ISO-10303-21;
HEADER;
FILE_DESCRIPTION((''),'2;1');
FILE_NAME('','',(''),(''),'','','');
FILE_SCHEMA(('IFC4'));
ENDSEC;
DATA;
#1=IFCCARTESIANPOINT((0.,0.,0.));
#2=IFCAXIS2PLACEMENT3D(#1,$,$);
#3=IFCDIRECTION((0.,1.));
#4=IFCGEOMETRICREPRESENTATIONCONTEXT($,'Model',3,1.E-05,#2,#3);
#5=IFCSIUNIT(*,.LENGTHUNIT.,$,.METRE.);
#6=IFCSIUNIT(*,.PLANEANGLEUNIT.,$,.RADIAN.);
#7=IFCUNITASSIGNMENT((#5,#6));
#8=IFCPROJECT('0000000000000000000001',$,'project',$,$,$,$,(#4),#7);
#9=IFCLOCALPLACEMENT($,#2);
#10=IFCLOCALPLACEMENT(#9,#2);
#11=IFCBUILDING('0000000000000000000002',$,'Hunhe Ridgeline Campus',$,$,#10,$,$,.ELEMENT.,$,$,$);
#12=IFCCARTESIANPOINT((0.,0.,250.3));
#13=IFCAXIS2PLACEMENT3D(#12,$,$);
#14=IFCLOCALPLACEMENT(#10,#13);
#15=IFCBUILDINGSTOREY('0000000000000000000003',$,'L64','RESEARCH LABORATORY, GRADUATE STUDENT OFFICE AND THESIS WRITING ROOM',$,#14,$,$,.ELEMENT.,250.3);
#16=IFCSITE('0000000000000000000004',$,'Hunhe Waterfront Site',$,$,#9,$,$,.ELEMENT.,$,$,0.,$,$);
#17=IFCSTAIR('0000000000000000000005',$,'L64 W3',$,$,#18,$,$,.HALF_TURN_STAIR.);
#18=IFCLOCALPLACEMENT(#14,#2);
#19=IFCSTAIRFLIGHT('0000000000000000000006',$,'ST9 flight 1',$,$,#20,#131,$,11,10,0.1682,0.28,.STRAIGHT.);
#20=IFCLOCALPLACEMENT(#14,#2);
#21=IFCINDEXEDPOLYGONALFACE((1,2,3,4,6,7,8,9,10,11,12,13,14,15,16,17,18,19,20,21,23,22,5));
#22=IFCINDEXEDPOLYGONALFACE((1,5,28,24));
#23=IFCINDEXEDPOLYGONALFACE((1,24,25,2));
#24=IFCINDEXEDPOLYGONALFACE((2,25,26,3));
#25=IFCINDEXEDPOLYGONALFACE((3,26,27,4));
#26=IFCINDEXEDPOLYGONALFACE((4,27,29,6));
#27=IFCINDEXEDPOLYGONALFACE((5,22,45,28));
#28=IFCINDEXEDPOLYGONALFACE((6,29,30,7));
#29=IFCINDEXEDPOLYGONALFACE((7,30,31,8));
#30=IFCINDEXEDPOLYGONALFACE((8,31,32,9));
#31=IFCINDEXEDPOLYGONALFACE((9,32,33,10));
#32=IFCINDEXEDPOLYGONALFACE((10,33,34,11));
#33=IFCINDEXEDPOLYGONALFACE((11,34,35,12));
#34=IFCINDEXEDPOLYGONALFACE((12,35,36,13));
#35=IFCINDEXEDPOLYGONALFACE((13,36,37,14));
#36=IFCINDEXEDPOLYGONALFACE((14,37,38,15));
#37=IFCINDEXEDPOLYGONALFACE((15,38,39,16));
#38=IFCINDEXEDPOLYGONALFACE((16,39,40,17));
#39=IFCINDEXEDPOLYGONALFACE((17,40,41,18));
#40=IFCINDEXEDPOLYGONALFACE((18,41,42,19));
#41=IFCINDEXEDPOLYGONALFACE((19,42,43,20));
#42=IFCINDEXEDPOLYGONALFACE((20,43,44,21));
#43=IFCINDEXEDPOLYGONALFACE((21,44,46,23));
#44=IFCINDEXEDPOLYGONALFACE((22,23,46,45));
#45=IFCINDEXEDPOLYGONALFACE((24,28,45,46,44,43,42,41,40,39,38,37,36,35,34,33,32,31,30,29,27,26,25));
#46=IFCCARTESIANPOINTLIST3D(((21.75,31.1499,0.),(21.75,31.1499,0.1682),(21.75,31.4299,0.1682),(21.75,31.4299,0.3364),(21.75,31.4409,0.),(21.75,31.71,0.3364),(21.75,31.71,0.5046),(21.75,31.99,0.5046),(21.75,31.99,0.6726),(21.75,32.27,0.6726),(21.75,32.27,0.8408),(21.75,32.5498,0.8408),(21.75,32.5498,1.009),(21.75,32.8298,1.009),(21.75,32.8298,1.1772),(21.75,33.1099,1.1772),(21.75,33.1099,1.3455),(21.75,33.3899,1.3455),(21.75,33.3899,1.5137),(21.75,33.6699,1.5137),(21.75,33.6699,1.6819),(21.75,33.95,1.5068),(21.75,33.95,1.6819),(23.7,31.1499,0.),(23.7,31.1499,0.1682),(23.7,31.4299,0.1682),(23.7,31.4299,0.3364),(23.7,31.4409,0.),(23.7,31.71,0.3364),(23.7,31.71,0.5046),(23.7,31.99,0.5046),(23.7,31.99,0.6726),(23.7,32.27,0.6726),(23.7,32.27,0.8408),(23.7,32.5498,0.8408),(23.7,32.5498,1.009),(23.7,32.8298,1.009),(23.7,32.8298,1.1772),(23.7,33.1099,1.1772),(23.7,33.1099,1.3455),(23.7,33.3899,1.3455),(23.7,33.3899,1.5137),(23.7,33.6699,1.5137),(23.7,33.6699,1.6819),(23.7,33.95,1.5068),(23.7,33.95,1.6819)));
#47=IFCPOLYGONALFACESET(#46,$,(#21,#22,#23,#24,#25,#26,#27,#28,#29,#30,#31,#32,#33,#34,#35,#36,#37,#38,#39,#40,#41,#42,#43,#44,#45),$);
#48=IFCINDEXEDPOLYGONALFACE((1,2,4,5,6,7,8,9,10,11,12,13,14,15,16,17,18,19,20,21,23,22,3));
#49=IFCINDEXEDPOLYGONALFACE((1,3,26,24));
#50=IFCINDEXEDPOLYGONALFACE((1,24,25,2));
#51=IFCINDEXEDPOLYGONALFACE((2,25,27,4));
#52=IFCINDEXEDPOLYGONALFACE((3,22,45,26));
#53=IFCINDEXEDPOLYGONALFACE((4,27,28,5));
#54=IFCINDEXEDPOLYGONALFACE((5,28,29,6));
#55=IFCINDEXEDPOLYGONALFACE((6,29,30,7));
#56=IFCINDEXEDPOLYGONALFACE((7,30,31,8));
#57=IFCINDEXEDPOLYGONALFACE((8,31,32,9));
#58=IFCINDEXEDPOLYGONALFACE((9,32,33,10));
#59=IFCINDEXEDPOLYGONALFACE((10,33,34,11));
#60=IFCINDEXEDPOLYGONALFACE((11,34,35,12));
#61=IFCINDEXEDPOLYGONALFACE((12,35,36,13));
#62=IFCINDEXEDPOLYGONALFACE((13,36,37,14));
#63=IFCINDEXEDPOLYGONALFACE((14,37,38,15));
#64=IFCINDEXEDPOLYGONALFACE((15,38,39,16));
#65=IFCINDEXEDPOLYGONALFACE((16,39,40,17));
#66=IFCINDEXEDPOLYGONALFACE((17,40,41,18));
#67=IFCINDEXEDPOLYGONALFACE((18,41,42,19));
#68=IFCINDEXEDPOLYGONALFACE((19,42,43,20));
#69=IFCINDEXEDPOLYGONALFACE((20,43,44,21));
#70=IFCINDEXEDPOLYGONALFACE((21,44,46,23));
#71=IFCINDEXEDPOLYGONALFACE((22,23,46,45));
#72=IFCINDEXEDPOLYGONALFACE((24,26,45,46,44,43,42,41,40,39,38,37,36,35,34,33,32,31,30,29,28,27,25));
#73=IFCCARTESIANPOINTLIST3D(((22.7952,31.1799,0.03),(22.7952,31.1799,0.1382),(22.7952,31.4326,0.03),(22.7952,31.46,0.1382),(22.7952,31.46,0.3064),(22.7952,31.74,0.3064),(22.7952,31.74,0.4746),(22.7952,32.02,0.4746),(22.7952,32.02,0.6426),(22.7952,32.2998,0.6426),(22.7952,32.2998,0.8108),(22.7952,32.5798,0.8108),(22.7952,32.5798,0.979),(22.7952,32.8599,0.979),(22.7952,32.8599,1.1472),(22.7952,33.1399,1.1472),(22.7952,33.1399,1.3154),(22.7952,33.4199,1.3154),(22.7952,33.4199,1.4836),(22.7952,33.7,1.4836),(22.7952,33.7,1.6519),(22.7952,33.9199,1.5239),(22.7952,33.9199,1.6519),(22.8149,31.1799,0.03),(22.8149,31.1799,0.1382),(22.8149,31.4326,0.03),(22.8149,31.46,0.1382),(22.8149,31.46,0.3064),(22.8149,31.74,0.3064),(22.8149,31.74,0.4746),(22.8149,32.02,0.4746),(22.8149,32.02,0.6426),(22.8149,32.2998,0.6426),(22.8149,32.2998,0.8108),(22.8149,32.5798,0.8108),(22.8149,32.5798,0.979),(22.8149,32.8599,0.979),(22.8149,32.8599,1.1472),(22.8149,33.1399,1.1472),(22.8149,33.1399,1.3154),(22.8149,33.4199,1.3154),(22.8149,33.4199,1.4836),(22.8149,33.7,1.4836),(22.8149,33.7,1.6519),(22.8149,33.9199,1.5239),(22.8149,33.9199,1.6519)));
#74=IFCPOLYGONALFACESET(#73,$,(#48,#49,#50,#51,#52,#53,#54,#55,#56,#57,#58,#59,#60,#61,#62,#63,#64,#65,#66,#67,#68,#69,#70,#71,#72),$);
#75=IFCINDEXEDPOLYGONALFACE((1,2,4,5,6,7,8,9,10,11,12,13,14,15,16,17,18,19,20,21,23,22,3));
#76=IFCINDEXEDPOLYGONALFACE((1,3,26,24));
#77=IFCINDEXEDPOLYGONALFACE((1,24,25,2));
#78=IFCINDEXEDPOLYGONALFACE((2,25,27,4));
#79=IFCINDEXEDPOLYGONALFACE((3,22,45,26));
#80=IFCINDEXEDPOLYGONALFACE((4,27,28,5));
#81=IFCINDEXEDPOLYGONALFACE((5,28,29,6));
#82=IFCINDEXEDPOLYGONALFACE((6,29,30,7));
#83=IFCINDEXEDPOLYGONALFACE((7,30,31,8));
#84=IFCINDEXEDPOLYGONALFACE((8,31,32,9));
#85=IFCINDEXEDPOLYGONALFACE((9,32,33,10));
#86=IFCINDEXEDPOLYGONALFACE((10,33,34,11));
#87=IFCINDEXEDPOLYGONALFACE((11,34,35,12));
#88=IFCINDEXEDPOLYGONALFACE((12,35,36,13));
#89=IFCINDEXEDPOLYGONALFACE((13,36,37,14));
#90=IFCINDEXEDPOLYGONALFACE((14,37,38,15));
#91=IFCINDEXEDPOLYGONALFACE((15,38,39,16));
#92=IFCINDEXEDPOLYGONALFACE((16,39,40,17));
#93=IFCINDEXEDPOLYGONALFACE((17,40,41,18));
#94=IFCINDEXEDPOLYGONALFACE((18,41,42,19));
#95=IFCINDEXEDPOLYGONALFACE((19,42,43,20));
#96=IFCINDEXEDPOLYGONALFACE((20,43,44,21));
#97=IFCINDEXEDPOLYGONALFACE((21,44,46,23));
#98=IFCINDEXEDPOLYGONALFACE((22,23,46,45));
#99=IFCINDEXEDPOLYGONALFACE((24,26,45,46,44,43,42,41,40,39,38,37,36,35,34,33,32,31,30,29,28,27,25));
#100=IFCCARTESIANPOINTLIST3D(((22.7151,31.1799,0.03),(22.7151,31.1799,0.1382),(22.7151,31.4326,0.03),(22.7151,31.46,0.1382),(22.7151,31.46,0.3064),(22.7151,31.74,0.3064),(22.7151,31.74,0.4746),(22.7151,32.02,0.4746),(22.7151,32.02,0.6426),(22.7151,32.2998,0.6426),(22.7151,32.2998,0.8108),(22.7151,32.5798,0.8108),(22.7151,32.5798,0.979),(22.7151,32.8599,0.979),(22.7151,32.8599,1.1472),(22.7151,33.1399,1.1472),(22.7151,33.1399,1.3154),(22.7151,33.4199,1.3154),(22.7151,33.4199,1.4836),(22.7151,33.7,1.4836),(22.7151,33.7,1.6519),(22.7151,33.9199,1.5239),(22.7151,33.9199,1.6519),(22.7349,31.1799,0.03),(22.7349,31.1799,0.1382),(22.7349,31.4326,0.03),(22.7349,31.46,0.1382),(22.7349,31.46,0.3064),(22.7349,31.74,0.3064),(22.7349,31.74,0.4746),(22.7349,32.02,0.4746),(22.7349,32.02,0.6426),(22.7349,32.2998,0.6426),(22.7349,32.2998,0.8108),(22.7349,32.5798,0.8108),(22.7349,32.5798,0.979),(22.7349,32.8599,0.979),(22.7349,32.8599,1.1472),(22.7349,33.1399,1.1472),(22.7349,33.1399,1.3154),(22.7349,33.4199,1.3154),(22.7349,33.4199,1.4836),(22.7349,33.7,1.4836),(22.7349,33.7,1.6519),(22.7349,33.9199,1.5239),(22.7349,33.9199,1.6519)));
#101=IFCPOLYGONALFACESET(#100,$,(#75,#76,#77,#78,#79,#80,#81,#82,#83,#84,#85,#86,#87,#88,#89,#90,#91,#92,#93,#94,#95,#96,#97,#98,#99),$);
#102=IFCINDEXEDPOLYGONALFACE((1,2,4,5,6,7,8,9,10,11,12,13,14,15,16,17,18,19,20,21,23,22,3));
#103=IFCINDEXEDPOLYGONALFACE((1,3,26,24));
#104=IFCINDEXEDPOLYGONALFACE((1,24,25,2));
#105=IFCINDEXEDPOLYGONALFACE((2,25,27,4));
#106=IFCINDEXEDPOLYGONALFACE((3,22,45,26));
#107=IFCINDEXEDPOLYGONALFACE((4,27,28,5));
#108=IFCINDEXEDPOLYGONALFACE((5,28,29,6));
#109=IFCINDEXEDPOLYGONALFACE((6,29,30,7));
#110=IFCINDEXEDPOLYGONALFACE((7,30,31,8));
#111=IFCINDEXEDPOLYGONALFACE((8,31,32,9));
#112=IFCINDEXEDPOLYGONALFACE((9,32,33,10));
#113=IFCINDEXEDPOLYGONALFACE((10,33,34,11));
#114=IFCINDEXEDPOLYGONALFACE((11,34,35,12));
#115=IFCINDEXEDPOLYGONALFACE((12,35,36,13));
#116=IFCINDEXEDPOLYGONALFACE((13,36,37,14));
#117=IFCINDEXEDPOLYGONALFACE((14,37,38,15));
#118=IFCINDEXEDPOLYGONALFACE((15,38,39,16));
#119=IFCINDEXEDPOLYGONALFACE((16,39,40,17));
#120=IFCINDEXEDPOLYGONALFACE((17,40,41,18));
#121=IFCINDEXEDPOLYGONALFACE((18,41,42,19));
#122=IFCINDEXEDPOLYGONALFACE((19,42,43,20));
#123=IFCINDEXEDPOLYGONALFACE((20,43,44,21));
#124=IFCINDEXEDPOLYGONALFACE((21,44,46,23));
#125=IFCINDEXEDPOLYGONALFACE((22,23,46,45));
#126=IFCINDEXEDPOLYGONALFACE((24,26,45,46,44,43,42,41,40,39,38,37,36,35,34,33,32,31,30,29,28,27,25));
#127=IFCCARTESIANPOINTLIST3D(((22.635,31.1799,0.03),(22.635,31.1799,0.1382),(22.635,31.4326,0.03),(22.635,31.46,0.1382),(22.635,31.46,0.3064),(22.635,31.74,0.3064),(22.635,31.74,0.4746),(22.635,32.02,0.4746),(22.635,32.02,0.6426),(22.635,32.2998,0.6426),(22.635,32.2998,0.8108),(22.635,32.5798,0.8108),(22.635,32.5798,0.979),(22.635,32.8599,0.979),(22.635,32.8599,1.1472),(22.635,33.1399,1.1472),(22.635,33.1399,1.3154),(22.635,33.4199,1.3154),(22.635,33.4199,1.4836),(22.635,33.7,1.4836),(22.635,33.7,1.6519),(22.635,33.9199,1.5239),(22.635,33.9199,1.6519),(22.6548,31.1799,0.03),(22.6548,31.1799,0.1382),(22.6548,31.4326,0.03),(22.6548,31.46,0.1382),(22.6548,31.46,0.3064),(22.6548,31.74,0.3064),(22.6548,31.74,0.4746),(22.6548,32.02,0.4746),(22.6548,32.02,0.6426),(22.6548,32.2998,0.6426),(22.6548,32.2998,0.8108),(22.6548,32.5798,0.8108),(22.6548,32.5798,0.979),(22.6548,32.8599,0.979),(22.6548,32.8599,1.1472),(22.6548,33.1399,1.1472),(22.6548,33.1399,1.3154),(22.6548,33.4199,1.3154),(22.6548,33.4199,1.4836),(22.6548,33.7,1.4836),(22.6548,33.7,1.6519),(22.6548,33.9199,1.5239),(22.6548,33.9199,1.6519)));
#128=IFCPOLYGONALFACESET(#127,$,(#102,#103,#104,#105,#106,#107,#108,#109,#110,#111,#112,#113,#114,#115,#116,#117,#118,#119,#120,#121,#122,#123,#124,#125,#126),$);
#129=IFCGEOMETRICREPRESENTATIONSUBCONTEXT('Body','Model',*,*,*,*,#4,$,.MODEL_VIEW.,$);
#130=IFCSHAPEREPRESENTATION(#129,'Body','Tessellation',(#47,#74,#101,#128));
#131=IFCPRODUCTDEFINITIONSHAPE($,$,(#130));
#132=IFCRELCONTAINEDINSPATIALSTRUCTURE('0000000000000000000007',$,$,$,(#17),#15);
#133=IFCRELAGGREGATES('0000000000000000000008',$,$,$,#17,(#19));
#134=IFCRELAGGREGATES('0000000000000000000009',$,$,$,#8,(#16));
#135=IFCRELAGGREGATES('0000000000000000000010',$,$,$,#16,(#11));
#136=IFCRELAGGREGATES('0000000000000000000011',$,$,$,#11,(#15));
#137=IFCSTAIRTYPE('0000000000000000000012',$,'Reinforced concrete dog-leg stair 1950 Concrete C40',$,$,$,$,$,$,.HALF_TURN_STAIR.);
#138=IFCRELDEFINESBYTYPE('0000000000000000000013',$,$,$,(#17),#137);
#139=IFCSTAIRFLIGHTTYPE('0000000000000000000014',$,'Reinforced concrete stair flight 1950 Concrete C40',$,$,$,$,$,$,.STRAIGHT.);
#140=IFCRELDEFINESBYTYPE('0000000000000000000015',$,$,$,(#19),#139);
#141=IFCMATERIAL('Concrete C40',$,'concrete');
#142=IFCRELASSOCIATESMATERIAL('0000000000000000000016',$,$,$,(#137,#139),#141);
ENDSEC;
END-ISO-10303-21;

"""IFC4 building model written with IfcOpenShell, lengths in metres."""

from ifc_helpers import new_model, si_unit, direction, frame, origin, place, context, subcontext, project, spatial, polyline, outline, extrude, material, type_object, element, aggregate, save


model = new_model("IFC4")

# Units and contexts
model_context = context("Model", 3, precision=1e-05, world=origin(), true_north=direction((0.0, 1.0)))
body_context = subcontext(model_context, "Body", "Model", "MODEL_VIEW")
ifc_project = project(units=[si_unit("LENGTHUNIT", "METRE"), si_unit("PLANEANGLEUNIT", "RADIAN")], contexts=[model_context])

# Site, building, storey
site_placement = place(None, origin())
site = spatial("IfcSite", under=ifc_project, at=site_placement, Name="Hunhe Waterfront Site", CompositionType="ELEMENT", RefElevation=0.0)
building_placement = place(site_placement, origin())
building = spatial("IfcBuilding", under=site, at=building_placement, Name="Hunhe Ridgeline Campus", CompositionType="ELEMENT")
storey_placement = place(building_placement, frame((0.0, 0.0, 250.3)))
storey = spatial("IfcBuildingStorey", under=building, at=storey_placement, Name="L64", Description="RESEARCH LABORATORY, GRADUATE STUDENT OFFICE AND THESIS WRITING ROOM", CompositionType="ELEMENT", Elevation=250.3)

# Stair, stair flight
ifc_material_1 = material(Name="Concrete C40", Category="concrete")
stair_type = type_object("IfcStairType", Name="Reinforced concrete dog-leg stair 1950 Concrete C40", PredefinedType="HALF_TURN_STAIR", material=ifc_material_1)
stair_placement = place(storey_placement, origin())
stair = element("IfcStair", 1, at=stair_placement, inside=storey, type_object=stair_type, Name="L64 W3", PredefinedType="HALF_TURN_STAIR")
stair_flight_type = type_object("IfcStairFlightType", Name="Reinforced concrete stair flight 1950 Concrete C40", PredefinedType="STRAIGHT", material=ifc_material_1)
stair_flight_placement = place(storey_placement, frame((22.7251, 31.1499, 0.0), z_axis=(0.0, 0.0, 1.0), x_axis=(0.0, 1.0, 0.0)))
stair_flight = element("IfcStairFlight", 2, at=stair_flight_placement, type_object=stair_flight_type, Name="ST9 flight 1", NumberOfRisers=11, NumberOfTreads=10, PredefinedType="STRAIGHT", RiserHeight=0.1682, TreadLength=0.28, context=body_context, shape_type="SweptSolid", body=[
    extrude(outline(polyline([(0.0, 0.0), (0.0, 0.1682), (0.28, 0.1682), (0.28, 0.3364), (0.5601, 0.3364), (0.5601, 0.5046), (0.8401, 0.5046), (0.8401, 0.6726), (1.1201, 0.6726), (1.1201, 0.8408), (1.3999, 0.8408), (1.3999, 1.009), (1.6799, 1.009), (1.6799, 1.1772), (1.96, 1.1772), (1.96, 1.3455), (2.24, 1.3455), (2.24, 1.5137), (2.52, 1.5137), (2.52, 1.6819), (2.8, 1.6819), (2.8, 1.8501), (2.8, 1.5068), (0.291, 0.0), (0.0, 0.0)])), frame((0.0, 0.9751, 0.0), z_axis=(0.0, -1.0, 0.0), x_axis=(1.0, 0.0, 0.0)), (0.0, 0.0, 1.0), 1.95),
    extrude(outline(polyline([(0.03, 0.03), (0.03, 0.1382), (0.3101, 0.1382), (0.3101, 0.3064), (0.5901, 0.3064), (0.5901, 0.4746), (0.8701, 0.4746), (0.8701, 0.6426), (1.1499, 0.6426), (1.1499, 0.8108), (1.4299, 0.8108), (1.4299, 0.979), (1.71, 0.979), (1.71, 1.1472), (1.99, 1.1472), (1.99, 1.3154), (2.27, 1.3154), (2.27, 1.4836), (2.55, 1.4836), (2.55, 1.6519), (2.77, 1.6519), (2.77, 1.5239), (0.2827, 0.03), (0.03, 0.03)])), frame((0.0, -0.0701, 0.0), z_axis=(0.0, -1.0, 0.0), x_axis=(1.0, 0.0, 0.0)), (0.0, 0.0, 1.0), 0.0198),
    extrude(outline(polyline([(0.03, 0.03), (0.03, 0.1382), (0.3101, 0.1382), (0.3101, 0.3064), (0.5901, 0.3064), (0.5901, 0.4746), (0.8701, 0.4746), (0.8701, 0.6426), (1.1499, 0.6426), (1.1499, 0.8108), (1.4299, 0.8108), (1.4299, 0.979), (1.71, 0.979), (1.71, 1.1472), (1.99, 1.1472), (1.99, 1.3154), (2.27, 1.3154), (2.27, 1.4836), (2.55, 1.4836), (2.55, 1.6519), (2.77, 1.6519), (2.77, 1.5239), (0.2827, 0.03), (0.03, 0.03)])), frame((0.0, 0.01, 0.0), z_axis=(0.0, -1.0, 0.0), x_axis=(1.0, 0.0, 0.0)), (0.0, 0.0, 1.0), 0.0198),
    extrude(outline(polyline([(0.03, 0.03), (0.03, 0.1382), (0.3101, 0.1382), (0.3101, 0.3064), (0.5901, 0.3064), (0.5901, 0.4746), (0.8701, 0.4746), (0.8701, 0.6426), (1.1499, 0.6426), (1.1499, 0.8108), (1.4299, 0.8108), (1.4299, 0.979), (1.71, 0.979), (1.71, 1.1472), (1.99, 1.1472), (1.99, 1.3154), (2.27, 1.3154), (2.27, 1.4836), (2.55, 1.4836), (2.55, 1.6519), (2.77, 1.6519), (2.77, 1.5239), (0.2827, 0.03), (0.03, 0.03)])), frame((0.0, 0.0901, 0.0), z_axis=(0.0, -1.0, 0.0), x_axis=(1.0, 0.0, 0.0)), (0.0, 0.0, 1.0), 0.0198),
])
aggregate(stair, [stair_flight])

save(model, "model.ifc")
